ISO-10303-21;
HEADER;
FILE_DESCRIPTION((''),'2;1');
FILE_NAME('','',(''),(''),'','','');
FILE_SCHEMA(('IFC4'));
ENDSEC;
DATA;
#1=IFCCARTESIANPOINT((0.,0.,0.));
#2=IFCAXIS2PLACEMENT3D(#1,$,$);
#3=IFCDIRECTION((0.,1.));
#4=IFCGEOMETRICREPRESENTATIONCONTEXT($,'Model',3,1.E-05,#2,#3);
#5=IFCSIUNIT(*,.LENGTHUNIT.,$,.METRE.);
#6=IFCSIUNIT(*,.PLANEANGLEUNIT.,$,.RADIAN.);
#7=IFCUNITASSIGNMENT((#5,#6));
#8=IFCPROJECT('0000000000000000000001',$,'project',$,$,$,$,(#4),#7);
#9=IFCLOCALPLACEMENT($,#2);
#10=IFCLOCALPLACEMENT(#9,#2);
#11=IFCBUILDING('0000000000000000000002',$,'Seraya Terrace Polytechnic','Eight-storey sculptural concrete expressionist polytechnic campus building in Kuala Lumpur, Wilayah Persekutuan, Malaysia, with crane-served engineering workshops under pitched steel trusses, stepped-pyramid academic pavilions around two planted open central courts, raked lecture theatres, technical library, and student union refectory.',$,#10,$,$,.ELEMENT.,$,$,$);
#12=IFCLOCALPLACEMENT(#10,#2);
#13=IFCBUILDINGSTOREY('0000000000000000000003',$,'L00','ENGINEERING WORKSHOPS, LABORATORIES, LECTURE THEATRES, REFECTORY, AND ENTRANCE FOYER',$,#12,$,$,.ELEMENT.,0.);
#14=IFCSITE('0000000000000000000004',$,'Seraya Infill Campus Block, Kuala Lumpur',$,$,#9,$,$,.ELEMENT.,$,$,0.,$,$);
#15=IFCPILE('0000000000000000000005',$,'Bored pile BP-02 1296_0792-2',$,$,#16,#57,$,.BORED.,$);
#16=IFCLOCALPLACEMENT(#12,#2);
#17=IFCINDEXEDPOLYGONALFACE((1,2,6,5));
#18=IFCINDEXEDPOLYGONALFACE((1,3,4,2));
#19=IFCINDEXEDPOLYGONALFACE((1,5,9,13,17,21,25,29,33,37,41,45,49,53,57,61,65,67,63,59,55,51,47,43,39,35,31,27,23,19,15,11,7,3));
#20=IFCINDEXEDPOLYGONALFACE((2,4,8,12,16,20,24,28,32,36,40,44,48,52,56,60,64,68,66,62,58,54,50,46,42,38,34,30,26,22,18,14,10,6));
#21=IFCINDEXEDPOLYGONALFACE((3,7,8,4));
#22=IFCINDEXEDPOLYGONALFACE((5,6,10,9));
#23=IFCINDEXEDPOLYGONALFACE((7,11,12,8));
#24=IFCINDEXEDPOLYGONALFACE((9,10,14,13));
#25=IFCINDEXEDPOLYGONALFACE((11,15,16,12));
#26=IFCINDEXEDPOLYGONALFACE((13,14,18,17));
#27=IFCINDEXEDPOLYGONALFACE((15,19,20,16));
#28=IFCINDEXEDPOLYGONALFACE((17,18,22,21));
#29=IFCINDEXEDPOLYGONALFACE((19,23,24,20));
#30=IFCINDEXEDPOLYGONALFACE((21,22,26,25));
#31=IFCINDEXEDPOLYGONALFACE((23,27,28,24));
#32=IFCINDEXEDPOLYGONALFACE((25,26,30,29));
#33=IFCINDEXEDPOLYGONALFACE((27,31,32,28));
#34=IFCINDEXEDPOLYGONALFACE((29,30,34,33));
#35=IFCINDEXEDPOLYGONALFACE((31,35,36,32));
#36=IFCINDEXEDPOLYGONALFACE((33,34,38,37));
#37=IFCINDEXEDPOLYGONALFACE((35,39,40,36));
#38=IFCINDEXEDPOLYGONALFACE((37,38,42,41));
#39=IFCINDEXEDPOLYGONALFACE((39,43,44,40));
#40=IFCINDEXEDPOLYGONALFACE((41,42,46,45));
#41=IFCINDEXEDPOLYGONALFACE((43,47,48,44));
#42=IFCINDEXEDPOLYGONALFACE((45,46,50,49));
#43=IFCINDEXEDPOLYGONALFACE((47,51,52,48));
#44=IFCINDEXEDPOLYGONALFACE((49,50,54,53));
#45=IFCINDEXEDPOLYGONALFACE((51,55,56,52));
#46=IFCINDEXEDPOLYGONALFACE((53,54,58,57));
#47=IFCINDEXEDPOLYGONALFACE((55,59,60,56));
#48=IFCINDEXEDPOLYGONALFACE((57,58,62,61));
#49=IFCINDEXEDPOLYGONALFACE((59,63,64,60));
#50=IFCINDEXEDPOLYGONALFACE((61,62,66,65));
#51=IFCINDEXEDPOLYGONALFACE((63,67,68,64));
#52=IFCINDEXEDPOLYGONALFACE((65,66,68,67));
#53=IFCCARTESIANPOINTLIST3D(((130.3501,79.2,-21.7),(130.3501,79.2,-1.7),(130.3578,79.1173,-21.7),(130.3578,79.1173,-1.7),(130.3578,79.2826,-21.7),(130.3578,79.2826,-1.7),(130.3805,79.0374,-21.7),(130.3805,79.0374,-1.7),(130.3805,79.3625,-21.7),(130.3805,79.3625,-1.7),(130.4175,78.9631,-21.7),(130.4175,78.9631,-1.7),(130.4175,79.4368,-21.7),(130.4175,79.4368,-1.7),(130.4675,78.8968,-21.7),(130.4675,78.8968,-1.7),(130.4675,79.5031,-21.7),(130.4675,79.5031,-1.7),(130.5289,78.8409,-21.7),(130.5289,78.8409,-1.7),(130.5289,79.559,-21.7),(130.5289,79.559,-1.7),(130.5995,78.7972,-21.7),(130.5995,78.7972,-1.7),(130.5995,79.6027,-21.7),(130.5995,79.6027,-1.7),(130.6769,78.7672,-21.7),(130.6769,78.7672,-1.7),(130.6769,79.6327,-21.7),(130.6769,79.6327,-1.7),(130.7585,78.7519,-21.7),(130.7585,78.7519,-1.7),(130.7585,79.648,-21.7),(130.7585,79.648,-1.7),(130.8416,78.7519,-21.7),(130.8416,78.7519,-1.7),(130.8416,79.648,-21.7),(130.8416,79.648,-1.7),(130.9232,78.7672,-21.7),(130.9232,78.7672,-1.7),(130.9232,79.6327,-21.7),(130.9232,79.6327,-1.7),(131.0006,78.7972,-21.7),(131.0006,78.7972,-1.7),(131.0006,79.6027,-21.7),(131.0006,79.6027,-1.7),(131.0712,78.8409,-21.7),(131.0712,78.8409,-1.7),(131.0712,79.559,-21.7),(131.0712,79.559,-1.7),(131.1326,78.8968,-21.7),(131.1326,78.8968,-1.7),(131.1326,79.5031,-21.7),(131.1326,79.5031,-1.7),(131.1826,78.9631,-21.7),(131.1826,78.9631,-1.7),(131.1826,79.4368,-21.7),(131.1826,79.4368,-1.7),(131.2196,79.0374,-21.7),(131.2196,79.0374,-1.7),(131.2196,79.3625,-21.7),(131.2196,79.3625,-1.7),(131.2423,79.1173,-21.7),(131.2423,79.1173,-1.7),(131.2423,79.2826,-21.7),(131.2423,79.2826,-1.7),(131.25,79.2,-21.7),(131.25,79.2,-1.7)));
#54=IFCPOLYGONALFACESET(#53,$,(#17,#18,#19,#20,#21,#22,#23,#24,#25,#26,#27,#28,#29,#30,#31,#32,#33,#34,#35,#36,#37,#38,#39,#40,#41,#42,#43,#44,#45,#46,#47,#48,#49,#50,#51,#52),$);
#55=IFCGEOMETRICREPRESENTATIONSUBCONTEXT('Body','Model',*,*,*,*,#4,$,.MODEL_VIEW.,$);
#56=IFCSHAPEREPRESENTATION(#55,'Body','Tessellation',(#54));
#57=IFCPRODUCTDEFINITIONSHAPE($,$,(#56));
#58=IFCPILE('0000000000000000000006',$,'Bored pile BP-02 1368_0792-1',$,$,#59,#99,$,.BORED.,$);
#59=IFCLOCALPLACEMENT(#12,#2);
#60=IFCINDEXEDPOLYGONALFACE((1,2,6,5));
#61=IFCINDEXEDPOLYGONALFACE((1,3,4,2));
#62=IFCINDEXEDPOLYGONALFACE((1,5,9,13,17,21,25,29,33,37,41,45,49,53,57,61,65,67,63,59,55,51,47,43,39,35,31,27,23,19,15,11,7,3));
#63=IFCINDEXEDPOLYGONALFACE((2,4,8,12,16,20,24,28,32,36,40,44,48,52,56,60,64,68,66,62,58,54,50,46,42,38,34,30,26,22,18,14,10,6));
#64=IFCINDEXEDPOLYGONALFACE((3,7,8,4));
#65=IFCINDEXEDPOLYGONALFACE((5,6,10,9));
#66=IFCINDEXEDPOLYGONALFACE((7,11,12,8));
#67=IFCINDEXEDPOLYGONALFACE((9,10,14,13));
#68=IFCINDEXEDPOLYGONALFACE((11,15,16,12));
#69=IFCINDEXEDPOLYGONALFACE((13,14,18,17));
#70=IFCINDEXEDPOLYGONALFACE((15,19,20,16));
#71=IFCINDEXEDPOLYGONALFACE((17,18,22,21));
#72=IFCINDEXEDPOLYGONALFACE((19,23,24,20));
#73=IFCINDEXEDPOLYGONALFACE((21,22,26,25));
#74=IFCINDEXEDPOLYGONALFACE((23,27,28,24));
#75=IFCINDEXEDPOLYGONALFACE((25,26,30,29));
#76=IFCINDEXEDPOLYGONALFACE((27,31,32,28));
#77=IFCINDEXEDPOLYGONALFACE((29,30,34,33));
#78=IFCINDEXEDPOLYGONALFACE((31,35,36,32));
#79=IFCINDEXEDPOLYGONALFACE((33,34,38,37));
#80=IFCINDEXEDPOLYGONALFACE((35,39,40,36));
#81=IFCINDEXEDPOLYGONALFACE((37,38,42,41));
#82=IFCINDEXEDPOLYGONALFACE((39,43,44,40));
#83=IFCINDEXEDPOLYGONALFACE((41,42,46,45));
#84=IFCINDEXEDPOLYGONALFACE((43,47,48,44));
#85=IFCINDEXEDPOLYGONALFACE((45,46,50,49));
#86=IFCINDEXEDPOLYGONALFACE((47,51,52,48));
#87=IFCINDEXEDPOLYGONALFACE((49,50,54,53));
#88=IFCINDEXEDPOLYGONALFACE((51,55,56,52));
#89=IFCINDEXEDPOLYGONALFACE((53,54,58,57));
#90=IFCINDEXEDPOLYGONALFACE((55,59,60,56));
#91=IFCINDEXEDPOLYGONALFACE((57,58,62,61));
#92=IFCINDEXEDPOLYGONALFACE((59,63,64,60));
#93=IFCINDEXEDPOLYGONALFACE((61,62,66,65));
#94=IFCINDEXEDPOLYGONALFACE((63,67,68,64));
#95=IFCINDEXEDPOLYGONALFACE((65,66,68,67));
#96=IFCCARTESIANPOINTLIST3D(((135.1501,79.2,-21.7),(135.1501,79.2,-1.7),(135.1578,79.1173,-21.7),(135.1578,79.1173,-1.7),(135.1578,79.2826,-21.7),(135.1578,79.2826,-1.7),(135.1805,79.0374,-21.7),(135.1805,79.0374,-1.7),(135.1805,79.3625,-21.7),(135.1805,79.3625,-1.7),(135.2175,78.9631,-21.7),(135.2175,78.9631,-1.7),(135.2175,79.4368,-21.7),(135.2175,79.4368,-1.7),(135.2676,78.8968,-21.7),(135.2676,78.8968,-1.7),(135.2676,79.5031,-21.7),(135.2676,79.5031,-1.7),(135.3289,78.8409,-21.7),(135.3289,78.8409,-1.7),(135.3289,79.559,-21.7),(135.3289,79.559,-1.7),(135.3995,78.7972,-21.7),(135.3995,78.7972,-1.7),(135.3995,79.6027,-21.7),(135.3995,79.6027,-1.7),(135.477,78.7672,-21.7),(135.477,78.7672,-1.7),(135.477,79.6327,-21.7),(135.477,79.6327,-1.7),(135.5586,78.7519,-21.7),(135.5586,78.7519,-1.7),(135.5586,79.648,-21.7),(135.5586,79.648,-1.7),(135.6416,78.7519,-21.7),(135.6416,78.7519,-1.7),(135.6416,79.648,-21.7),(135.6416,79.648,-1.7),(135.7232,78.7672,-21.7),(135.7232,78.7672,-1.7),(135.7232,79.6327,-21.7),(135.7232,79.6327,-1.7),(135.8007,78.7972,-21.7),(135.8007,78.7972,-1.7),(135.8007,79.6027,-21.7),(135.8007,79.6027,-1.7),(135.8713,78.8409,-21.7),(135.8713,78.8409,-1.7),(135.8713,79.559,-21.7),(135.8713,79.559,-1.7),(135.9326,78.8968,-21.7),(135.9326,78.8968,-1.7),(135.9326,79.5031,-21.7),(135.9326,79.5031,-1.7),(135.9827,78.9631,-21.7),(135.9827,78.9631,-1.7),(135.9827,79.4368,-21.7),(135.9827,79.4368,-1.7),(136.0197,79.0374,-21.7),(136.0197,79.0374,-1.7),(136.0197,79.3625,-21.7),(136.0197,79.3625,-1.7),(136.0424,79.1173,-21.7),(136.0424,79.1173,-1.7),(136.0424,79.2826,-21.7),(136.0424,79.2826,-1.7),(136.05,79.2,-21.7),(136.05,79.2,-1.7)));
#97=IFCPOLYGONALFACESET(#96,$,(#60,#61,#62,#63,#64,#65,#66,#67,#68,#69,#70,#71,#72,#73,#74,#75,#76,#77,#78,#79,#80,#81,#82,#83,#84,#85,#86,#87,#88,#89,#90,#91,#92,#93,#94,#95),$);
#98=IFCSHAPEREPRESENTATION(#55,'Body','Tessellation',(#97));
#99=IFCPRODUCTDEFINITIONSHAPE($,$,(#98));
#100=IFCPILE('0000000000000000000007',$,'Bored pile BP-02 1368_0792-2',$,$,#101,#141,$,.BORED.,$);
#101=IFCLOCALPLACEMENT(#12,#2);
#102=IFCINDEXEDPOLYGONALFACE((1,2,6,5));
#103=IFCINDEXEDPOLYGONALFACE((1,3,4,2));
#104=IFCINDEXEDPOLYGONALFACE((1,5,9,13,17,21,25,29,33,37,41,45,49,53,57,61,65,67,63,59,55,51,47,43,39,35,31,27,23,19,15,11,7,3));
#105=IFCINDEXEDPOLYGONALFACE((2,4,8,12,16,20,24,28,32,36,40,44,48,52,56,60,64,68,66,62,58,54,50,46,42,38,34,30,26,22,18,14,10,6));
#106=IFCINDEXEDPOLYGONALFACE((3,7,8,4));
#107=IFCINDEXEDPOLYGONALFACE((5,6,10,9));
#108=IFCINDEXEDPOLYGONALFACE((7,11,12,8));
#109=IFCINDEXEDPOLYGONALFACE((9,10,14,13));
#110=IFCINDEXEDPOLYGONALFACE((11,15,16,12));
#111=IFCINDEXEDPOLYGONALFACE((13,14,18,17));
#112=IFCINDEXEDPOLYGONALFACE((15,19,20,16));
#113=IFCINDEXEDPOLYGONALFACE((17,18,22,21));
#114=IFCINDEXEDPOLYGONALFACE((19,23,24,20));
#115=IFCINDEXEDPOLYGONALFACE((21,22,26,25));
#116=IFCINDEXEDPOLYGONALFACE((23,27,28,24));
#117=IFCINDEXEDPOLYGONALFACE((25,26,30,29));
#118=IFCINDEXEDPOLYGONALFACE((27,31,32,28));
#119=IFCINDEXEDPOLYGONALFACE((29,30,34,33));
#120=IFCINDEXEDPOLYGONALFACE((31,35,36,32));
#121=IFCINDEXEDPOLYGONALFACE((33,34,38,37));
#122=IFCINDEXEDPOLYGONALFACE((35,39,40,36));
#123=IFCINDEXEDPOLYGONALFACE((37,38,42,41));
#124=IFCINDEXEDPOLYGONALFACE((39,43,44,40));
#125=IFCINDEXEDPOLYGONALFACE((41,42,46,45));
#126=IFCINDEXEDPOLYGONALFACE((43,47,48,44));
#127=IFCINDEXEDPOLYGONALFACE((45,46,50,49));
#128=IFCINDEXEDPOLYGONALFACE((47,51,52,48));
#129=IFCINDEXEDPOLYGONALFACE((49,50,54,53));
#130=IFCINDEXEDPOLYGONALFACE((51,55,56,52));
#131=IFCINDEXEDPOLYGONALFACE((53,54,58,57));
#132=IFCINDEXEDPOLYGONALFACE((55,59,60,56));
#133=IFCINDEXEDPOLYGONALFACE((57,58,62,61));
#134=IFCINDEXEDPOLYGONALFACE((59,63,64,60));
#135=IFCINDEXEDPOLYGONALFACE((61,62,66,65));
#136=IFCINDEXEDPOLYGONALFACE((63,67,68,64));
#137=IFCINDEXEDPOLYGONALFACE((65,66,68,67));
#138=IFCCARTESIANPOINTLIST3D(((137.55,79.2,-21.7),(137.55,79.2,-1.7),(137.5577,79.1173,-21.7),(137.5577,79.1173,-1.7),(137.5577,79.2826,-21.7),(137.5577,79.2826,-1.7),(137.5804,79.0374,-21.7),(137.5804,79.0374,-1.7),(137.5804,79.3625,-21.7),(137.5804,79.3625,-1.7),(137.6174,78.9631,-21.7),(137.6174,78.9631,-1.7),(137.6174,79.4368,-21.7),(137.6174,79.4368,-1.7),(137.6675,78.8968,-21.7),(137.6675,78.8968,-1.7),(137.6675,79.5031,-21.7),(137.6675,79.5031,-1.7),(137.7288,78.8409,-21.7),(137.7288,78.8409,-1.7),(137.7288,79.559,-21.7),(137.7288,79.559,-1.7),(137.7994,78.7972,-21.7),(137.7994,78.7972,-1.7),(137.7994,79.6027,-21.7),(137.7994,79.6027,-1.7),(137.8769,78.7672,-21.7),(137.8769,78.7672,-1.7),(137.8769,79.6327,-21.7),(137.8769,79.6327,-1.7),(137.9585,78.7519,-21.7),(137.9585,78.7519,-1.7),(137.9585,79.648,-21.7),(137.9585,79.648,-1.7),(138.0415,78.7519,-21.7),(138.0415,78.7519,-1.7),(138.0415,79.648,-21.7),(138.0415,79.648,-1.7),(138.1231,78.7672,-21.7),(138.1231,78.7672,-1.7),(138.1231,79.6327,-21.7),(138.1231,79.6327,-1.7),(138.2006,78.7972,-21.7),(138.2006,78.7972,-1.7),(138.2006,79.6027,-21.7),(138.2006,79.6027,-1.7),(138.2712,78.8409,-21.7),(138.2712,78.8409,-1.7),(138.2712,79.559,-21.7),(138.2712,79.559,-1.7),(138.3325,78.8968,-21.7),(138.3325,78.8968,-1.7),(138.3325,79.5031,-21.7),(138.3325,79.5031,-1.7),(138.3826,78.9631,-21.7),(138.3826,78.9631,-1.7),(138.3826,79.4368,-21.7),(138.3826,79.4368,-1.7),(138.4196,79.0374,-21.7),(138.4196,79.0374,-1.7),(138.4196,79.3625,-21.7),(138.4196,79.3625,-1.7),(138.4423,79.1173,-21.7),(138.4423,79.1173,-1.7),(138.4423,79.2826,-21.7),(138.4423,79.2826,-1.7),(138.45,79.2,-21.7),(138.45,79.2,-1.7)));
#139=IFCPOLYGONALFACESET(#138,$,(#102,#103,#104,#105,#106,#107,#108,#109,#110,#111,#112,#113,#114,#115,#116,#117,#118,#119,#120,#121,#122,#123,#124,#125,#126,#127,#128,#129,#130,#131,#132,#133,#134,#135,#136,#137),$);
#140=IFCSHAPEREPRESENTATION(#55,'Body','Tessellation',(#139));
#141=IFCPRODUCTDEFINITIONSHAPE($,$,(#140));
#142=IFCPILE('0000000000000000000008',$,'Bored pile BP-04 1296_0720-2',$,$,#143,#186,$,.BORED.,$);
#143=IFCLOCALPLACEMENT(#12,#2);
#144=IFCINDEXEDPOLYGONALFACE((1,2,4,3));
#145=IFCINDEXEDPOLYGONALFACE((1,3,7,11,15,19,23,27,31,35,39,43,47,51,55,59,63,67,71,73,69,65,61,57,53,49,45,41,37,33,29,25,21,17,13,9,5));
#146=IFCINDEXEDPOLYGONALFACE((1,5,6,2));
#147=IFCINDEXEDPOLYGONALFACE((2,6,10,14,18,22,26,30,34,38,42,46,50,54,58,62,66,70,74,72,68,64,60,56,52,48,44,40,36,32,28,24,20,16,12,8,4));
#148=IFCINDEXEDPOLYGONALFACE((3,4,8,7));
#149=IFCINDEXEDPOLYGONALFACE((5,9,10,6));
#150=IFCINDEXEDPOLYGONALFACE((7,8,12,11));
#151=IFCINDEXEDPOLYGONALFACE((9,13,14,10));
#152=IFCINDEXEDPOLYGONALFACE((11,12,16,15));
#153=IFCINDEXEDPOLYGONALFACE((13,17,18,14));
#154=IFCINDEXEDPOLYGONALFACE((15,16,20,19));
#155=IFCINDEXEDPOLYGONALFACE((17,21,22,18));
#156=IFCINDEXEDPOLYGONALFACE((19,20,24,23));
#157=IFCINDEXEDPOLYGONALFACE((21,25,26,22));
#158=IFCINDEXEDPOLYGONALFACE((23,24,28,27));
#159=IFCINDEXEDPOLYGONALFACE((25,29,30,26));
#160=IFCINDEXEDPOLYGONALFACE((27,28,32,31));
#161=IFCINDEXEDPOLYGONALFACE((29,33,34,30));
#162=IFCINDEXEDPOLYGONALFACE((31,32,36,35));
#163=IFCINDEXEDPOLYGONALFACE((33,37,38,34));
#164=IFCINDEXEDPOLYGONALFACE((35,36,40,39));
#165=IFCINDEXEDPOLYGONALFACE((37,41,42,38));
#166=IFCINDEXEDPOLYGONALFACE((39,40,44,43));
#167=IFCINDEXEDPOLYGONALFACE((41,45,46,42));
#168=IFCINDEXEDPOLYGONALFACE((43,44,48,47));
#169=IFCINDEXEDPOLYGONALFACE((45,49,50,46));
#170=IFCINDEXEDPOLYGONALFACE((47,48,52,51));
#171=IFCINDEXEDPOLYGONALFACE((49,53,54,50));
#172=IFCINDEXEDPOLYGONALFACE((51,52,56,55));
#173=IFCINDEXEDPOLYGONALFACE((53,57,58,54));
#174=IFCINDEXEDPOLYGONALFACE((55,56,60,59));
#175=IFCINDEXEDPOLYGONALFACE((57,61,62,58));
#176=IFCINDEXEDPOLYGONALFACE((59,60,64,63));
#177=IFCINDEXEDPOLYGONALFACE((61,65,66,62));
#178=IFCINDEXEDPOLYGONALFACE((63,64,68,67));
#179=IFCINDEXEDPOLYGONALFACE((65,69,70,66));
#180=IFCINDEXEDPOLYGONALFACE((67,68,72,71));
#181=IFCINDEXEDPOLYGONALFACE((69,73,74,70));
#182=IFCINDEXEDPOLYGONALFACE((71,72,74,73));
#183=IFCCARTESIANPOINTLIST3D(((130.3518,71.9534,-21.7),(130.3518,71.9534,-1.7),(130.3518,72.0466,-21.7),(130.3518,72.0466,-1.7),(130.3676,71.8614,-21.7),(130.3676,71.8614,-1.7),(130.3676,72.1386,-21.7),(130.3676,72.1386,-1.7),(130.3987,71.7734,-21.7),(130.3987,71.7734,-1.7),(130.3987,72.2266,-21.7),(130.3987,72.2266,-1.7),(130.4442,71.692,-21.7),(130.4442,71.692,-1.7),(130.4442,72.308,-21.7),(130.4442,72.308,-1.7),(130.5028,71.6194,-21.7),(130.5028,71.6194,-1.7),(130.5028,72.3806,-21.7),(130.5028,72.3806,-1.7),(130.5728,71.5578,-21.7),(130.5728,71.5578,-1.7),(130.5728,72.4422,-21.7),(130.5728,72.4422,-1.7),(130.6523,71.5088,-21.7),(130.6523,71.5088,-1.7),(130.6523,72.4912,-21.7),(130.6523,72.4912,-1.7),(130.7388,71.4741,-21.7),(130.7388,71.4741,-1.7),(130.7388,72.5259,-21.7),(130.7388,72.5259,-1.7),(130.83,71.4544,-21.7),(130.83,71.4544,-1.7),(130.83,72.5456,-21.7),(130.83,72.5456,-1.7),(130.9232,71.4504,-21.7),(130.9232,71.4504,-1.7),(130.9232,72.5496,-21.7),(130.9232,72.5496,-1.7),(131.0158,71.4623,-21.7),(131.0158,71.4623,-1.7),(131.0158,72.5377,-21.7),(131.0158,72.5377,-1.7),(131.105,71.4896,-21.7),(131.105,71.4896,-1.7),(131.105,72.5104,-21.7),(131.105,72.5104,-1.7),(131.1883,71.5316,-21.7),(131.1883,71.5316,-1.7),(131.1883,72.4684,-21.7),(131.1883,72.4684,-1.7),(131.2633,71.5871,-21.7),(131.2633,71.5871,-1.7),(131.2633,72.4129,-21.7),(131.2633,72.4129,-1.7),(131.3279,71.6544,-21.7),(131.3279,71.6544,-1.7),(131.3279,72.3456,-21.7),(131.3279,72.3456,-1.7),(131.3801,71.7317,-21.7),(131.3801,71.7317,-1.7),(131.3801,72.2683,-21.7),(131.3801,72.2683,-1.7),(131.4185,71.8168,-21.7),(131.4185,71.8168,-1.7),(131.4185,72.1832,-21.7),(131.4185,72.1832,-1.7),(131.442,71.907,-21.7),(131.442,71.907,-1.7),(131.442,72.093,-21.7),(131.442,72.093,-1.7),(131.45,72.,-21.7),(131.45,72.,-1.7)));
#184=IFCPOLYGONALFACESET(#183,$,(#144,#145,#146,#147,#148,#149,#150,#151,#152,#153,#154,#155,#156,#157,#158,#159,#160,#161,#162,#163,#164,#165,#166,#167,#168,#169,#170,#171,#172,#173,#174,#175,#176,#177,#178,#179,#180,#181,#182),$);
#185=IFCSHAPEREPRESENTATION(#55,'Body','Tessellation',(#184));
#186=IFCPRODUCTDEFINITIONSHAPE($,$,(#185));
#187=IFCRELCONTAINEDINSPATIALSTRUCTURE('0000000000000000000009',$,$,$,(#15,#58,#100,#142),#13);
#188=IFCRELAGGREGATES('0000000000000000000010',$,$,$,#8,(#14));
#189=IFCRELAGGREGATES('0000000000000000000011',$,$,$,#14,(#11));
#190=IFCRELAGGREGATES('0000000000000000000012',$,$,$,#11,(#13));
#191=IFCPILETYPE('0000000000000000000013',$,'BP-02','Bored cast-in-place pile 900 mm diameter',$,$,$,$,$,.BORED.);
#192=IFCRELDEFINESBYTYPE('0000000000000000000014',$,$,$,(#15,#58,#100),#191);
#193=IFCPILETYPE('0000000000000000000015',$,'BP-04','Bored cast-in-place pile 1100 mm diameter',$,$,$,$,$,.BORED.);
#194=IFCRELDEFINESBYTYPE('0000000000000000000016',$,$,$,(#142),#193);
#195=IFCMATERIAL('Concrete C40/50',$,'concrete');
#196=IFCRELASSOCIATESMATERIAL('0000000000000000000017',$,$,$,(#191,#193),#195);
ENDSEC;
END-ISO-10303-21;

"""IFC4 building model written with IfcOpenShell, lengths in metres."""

from ifc_helpers import new_model, si_unit, direction, frame, origin, origin_2d, place, context, subcontext, project, spatial, circle, extrude, material, material_profile, profile_set, type_object, element, save


model = new_model("IFC4")

# Units and contexts
model_context = context("Model", 3, precision=1e-05, world=origin(), true_north=direction((0.0, 1.0)))
body_context = subcontext(model_context, "Body", "Model", "MODEL_VIEW")
ifc_project = project(units=[si_unit("LENGTHUNIT", "METRE"), si_unit("PLANEANGLEUNIT", "RADIAN")], contexts=[model_context])

# Site, building, storey
site_placement = place(None, origin())
site = spatial("IfcSite", under=ifc_project, at=site_placement, Name="Seraya Infill Campus Block, Kuala Lumpur", CompositionType="ELEMENT", RefElevation=0.0)
building_placement = place(site_placement, origin())
building = spatial("IfcBuilding", under=site, at=building_placement, Name="Seraya Terrace Polytechnic", Description="Eight-storey sculptural concrete expressionist polytechnic campus building in Kuala Lumpur, Wilayah Persekutuan, Malaysia, with crane-served engineering workshops under pitched steel trusses, stepped-pyramid academic pavilions around two planted open central courts, raked lecture theatres, technical library, and student union refectory.", CompositionType="ELEMENT")
storey_placement = place(building_placement, origin())
storey = spatial("IfcBuildingStorey", under=building, at=storey_placement, Name="L00", Description="ENGINEERING WORKSHOPS, LABORATORIES, LECTURE THEATRES, REFECTORY, AND ENTRANCE FOYER", CompositionType="ELEMENT", Elevation=0.0)

# Piles
ifc_material_1 = material(Name="Concrete C40/50", Category="concrete")
ifc_material_profile_1 = material_profile(ifc_material_1, circle(Radius=0.45, at=origin_2d()), Name="DIA 900")
ifc_profile_set_1 = profile_set([ifc_material_profile_1], Name="Concrete C40/50")
pile_type_1 = type_object("IfcPileType", Name="BP-02", Description="Bored cast-in-place pile 900 mm diameter", PredefinedType="BORED", material=ifc_profile_set_1)
for number, where, z_axis, x_axis, name in (
    (1, (130.8, 79.2, -1.7), (0.0, 0.0, -1.0), (1.0, 0.0, 0.0), "Bored pile BP-02 1296_0792-2"),
    (2, (135.6001, 79.2, -1.7), (0.0, 0.0, -1.0), (1.0, 0.0, 0.0), "Bored pile BP-02 1368_0792-1"),
    (3, (138.0, 79.2, -1.7), (0.0, 0.0, -1.0), (1.0, 0.0, 0.0), "Bored pile BP-02 1368_0792-2"),
):
    element("IfcPile", number, at=place(storey_placement, frame(where, z_axis=z_axis, x_axis=x_axis)), inside=storey, type_object=pile_type_1, Name=name, PredefinedType="BORED", context=body_context, shape_type="SweptSolid", body=[
        extrude(circle(Radius=0.45, at=origin_2d()), origin(), (0.0, 0.0, 1.0), 20.0),
    ])
ifc_material_profile_2 = material_profile(ifc_material_1, circle(Radius=0.55, at=origin_2d()), Name="DIA 1100")
ifc_profile_set_2 = profile_set([ifc_material_profile_2], Name="Concrete C40/50")
pile_type_2 = type_object("IfcPileType", Name="BP-04", Description="Bored cast-in-place pile 1100 mm diameter", PredefinedType="BORED", material=ifc_profile_set_2)
for number, where, z_axis, x_axis, name in (
    (4, (130.8999, 72.0, -1.7), (0.0, 0.0, -1.0), (1.0, 0.0, 0.0), "Bored pile BP-04 1296_0720-2"),
):
    element("IfcPile", number, at=place(storey_placement, frame(where, z_axis=z_axis, x_axis=x_axis)), inside=storey, type_object=pile_type_2, Name=name, PredefinedType="BORED", context=body_context, shape_type="SweptSolid", body=[
        extrude(circle(Radius=0.55, at=origin_2d()), origin(), (0.0, 0.0, 1.0), 20.0),
    ])

save(model, "model.ifc")
